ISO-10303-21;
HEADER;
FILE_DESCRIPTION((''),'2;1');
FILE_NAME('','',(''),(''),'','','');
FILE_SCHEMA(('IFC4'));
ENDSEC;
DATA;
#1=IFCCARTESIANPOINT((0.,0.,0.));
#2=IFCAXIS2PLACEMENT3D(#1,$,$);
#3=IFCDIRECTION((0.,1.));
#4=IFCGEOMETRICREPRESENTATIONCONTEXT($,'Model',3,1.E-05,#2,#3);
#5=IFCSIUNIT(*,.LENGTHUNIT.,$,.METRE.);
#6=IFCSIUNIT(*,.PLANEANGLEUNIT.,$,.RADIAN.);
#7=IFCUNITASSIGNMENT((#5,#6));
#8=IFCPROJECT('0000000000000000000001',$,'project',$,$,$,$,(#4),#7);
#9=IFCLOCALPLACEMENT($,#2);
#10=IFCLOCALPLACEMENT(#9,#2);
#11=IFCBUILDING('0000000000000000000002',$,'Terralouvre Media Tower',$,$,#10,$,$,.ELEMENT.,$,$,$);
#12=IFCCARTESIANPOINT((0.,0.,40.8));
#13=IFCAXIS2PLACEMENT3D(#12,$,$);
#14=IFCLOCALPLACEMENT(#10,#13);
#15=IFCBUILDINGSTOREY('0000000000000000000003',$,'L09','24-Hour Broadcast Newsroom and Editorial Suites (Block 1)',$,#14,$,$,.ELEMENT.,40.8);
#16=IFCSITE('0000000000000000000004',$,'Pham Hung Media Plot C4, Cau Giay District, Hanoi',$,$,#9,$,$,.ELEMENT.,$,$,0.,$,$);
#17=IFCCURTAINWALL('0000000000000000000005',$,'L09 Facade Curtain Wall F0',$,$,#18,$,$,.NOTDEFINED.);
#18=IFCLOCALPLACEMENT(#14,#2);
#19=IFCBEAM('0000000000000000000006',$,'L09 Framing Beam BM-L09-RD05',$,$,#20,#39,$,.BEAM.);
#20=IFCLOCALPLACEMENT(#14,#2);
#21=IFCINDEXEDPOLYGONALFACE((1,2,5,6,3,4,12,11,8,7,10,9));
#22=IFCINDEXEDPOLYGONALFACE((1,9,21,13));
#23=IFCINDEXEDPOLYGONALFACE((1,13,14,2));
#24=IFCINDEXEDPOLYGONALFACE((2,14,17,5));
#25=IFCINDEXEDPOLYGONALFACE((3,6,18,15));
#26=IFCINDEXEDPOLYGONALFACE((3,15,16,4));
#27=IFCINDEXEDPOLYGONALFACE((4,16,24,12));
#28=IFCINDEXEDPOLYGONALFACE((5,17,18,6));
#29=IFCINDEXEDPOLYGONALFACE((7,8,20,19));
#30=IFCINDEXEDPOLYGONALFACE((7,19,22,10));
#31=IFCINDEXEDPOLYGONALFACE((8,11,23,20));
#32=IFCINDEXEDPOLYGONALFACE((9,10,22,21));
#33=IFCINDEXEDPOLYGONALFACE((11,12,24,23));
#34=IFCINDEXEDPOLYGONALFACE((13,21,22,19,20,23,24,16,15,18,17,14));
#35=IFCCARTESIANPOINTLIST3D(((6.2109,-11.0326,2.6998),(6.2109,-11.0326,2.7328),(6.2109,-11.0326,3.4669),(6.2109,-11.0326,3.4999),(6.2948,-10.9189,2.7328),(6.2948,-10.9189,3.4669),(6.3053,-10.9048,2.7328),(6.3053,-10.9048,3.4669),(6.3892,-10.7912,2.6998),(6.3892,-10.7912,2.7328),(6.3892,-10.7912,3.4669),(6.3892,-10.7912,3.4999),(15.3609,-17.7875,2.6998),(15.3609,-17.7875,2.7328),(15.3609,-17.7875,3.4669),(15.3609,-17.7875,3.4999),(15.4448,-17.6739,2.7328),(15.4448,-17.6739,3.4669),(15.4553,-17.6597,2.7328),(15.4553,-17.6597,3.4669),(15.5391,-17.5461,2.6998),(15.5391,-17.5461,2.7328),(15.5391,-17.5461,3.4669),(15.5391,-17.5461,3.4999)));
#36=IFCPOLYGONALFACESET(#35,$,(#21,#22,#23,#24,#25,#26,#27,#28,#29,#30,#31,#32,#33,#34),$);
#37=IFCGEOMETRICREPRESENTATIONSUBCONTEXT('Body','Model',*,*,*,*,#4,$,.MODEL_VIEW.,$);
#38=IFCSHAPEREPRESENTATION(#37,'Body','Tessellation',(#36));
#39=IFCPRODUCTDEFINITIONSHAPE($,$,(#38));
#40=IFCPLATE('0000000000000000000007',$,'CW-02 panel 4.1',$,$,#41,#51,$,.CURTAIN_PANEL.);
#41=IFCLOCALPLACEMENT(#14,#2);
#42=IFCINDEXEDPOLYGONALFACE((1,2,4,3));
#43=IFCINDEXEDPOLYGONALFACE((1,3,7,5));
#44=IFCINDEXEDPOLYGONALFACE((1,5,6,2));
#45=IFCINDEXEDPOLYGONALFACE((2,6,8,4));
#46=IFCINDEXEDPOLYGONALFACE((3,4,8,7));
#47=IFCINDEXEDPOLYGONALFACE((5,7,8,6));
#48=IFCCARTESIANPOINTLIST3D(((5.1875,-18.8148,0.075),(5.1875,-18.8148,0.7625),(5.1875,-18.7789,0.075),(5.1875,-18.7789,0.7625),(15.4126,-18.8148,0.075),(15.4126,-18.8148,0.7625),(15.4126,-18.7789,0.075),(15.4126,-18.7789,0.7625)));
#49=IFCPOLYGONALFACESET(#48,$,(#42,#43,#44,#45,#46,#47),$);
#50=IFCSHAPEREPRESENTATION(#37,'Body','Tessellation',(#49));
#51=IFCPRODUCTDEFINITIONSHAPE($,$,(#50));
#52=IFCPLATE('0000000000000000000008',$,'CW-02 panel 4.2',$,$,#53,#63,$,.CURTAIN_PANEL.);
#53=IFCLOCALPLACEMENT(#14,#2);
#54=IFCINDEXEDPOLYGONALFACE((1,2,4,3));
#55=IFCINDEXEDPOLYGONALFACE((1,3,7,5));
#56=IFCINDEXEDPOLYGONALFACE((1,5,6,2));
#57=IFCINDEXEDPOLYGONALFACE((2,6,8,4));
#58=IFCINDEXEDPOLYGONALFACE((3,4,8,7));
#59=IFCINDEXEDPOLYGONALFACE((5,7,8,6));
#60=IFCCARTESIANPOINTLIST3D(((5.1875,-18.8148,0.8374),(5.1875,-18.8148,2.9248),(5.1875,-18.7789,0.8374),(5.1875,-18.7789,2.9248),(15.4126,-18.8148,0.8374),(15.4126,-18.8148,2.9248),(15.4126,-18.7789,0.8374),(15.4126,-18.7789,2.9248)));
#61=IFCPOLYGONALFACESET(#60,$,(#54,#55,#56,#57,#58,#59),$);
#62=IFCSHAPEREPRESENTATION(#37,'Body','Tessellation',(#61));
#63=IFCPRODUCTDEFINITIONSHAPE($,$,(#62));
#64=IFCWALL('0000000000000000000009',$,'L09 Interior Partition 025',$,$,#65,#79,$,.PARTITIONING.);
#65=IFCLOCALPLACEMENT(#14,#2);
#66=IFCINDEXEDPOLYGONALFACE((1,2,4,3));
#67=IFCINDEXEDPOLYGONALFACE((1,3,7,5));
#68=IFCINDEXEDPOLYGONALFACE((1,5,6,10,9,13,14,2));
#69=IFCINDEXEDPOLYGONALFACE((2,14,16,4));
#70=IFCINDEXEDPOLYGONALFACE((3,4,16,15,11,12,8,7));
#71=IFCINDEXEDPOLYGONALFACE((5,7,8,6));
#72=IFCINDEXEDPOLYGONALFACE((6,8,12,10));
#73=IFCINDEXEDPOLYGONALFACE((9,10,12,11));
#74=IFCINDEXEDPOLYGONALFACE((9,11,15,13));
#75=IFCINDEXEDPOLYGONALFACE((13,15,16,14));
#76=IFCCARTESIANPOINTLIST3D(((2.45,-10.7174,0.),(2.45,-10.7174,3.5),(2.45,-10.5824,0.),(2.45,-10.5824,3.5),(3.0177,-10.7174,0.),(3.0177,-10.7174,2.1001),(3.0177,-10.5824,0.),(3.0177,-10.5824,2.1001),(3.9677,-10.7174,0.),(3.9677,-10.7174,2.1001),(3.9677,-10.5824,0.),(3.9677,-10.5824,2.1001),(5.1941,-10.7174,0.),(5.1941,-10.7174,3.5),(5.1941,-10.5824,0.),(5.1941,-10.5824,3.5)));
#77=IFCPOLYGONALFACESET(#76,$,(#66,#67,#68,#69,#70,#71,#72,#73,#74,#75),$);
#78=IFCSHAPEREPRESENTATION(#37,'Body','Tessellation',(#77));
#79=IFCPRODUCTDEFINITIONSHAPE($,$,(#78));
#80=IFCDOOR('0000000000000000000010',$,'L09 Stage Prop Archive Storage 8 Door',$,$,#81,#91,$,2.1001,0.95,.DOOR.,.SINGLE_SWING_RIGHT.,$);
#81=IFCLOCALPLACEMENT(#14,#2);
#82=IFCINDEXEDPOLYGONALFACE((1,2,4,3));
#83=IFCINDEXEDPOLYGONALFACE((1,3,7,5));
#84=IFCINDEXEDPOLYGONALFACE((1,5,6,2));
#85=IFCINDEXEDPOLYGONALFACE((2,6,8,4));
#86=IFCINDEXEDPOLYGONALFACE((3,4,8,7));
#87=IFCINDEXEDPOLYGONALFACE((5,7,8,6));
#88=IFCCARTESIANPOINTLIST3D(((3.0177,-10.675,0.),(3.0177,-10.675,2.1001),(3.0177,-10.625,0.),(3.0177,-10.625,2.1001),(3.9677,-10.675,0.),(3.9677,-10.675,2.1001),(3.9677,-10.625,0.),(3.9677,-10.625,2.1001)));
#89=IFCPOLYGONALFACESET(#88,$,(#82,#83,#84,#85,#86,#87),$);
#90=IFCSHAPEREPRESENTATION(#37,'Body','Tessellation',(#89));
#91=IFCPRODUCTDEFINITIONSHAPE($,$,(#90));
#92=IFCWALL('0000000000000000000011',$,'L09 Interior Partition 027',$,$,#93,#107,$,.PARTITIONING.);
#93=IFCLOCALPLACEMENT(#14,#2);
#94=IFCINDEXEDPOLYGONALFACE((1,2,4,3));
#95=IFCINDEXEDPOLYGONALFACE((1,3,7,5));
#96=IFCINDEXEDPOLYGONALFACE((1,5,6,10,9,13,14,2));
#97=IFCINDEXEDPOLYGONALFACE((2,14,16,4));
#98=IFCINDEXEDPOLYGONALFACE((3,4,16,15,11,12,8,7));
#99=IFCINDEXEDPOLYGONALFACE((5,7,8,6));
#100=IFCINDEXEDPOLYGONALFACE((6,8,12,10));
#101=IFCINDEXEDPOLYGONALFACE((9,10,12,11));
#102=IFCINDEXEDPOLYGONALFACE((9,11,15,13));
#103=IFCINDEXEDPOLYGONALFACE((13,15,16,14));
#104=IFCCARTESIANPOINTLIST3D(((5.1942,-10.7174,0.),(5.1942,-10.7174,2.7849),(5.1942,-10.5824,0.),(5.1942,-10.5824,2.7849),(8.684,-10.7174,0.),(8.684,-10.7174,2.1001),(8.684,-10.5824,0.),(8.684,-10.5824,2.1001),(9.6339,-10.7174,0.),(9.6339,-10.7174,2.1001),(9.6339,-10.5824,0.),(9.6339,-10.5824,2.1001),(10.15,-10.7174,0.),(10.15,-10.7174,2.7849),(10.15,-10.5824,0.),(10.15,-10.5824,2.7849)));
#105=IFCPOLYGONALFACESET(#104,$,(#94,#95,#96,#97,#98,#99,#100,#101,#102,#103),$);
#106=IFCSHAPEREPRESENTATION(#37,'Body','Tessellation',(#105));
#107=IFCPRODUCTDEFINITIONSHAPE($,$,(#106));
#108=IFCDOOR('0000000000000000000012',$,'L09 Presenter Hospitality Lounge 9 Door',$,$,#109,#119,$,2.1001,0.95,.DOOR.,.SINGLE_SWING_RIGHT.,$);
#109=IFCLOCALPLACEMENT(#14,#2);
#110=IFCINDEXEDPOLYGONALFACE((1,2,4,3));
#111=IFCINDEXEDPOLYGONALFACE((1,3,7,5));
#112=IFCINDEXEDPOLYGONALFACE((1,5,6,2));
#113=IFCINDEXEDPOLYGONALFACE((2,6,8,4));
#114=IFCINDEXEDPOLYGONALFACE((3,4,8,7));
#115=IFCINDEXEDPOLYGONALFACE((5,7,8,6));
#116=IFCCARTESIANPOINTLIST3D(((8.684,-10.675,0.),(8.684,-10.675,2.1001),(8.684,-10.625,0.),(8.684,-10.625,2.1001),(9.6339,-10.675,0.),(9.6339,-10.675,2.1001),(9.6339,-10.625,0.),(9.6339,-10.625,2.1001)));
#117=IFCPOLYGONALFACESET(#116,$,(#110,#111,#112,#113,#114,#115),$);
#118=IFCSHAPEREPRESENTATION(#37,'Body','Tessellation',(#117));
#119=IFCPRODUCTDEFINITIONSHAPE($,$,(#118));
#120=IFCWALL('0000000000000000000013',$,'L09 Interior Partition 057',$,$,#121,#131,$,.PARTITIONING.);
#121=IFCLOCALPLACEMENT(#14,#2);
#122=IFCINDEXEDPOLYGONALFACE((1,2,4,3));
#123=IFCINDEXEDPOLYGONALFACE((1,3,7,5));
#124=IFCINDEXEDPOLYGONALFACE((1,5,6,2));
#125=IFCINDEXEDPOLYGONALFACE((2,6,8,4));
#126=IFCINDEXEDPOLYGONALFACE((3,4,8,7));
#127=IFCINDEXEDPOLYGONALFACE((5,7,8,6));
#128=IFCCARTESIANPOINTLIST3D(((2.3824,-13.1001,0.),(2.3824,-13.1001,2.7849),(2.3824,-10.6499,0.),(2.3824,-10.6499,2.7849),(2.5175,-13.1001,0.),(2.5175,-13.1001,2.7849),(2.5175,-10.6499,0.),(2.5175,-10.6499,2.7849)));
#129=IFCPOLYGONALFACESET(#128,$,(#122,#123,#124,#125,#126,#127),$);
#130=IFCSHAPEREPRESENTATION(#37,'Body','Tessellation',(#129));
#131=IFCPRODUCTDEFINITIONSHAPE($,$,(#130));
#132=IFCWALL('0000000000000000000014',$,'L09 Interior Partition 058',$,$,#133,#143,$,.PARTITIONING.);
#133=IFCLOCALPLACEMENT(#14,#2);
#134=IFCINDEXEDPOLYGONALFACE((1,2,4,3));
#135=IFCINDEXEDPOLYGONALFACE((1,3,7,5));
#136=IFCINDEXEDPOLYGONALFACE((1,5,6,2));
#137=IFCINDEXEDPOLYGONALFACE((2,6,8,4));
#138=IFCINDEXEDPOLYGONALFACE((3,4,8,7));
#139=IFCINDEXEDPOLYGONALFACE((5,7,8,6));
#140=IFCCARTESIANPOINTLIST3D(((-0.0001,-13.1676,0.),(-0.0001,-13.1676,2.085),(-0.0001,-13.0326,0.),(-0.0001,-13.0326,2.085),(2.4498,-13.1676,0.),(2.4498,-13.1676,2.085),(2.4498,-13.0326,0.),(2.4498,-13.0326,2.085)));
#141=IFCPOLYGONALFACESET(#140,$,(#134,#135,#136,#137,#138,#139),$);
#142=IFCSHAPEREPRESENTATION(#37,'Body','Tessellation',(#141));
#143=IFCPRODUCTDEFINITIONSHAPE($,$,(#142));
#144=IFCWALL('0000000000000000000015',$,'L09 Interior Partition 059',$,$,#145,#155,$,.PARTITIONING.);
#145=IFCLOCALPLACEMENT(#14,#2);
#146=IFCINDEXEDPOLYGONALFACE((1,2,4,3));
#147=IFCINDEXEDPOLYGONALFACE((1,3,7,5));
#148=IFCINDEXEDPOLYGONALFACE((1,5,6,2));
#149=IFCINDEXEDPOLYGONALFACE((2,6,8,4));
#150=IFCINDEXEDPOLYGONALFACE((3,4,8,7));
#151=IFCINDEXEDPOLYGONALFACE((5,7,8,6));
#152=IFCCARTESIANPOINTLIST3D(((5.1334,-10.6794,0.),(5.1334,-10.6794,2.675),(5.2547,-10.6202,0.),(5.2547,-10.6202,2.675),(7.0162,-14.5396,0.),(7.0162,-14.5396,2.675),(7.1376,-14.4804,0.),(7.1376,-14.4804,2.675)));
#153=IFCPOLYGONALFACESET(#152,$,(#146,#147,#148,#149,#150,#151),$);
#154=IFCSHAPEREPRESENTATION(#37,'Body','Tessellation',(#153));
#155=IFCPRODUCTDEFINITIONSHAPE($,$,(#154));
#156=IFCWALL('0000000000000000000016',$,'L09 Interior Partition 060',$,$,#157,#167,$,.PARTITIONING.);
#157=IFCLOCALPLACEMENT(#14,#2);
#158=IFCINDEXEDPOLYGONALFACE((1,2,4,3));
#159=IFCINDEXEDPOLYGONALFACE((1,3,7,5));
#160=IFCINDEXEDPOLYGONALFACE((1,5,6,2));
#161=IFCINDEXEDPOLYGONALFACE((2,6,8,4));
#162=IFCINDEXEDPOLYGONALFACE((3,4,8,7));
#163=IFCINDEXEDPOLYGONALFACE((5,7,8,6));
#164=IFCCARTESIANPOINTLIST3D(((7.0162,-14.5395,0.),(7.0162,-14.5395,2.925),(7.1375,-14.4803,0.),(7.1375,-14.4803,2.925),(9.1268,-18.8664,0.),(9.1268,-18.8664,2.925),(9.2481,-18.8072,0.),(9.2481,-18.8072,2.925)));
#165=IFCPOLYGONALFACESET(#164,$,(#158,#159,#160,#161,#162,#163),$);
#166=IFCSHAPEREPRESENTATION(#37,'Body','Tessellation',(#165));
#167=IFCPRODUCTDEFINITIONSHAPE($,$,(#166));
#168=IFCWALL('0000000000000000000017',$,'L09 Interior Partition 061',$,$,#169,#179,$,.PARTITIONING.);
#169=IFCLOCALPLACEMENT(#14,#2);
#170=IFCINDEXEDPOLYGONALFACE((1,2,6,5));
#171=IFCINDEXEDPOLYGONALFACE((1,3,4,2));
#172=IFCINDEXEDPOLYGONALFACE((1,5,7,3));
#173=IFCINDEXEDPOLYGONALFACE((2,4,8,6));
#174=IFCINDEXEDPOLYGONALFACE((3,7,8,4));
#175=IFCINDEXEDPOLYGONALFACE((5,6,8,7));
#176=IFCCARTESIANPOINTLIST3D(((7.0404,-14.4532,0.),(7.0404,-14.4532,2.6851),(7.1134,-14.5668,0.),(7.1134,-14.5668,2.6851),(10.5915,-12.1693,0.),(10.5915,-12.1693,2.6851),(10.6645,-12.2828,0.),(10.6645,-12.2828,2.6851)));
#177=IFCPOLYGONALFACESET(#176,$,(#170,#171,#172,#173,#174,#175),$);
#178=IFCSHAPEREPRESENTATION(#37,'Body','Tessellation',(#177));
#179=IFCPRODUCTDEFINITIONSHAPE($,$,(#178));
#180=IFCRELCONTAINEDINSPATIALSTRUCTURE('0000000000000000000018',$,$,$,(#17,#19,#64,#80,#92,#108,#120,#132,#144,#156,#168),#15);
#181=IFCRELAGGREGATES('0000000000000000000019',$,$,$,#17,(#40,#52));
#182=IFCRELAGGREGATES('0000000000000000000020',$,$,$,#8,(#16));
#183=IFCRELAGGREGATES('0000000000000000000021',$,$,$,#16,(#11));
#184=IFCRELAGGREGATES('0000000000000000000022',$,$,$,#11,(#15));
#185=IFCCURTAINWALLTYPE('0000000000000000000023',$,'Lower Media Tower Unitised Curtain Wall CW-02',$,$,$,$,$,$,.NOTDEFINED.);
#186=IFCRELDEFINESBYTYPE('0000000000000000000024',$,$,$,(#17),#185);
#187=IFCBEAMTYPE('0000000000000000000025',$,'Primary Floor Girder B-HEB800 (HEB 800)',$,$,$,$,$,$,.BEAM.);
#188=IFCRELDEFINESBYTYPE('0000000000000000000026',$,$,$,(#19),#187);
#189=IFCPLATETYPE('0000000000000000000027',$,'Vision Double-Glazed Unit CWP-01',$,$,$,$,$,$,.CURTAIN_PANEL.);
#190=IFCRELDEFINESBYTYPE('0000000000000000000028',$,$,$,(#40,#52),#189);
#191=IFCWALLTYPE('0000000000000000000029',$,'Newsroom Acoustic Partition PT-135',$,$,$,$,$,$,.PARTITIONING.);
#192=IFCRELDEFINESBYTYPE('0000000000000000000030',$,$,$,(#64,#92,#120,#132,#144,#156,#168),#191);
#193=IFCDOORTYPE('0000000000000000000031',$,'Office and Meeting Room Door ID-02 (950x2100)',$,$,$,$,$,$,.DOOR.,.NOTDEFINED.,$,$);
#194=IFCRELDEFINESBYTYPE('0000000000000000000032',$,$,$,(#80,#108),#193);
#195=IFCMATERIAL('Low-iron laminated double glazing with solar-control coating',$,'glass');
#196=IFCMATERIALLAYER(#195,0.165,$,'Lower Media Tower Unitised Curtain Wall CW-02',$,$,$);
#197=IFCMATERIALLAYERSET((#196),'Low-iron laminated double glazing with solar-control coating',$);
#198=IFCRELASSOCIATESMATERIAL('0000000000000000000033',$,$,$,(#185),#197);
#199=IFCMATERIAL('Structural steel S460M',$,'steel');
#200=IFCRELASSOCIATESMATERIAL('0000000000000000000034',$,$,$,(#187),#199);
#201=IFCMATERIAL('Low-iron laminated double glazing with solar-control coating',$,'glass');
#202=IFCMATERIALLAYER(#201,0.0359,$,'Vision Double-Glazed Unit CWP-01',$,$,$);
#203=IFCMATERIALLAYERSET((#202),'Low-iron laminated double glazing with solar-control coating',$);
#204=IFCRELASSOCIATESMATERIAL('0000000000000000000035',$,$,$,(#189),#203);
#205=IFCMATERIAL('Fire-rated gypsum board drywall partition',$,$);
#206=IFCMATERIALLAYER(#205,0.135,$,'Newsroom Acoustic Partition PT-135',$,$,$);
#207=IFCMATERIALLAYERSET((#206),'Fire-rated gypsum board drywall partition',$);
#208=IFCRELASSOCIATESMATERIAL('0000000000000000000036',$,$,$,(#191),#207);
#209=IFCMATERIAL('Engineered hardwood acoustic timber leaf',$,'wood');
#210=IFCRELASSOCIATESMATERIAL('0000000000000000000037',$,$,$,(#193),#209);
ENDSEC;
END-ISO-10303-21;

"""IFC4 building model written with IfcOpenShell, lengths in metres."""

from ifc_helpers import new_model, si_unit, direction, frame, frame_2d, origin, origin_2d, place, context, subcontext, project, spatial, rectangle, i_section, extrude, material, layer, layer_set, material_profile, profile_set, type_object, element, fill, aggregate, save


model = new_model("IFC4")

# Units and contexts
model_context = context("Model", 3, precision=1e-05, world=origin(), true_north=direction((0.0, 1.0)))
body_context = subcontext(model_context, "Body", "Model", "MODEL_VIEW")
ifc_project = project(units=[si_unit("LENGTHUNIT", "METRE"), si_unit("PLANEANGLEUNIT", "RADIAN")], contexts=[model_context])

# Site, building, storey
site_placement = place(None, origin())
site = spatial("IfcSite", under=ifc_project, at=site_placement, Name="Pham Hung Media Plot C4, Cau Giay District, Hanoi", CompositionType="ELEMENT", RefElevation=0.0)
building_placement = place(site_placement, origin())
building = spatial("IfcBuilding", under=site, at=building_placement, Name="Terralouvre Media Tower", CompositionType="ELEMENT")
storey_placement = place(building_placement, frame((0.0, 0.0, 40.8)))
storey = spatial("IfcBuildingStorey", under=building, at=storey_placement, Name="L09", Description="24-Hour Broadcast Newsroom and Editorial Suites (Block 1)", CompositionType="ELEMENT", Elevation=40.8)

# Curtain wall
ifc_material_1 = material(Name="Low-iron laminated double glazing with solar-control coating", Category="glass")
ifc_layer_1 = layer(ifc_material_1, 0.165, Name="Lower Media Tower Unitised Curtain Wall CW-02")
ifc_layer_set_1 = layer_set([ifc_layer_1], Name="Low-iron laminated double glazing with solar-control coating")
curtain_wall_type = type_object("IfcCurtainWallType", Name="Lower Media Tower Unitised Curtain Wall CW-02", PredefinedType="NOTDEFINED", material=ifc_layer_set_1)
curtain_wall_placement = place(storey_placement, origin())
curtain_wall = element("IfcCurtainWall", 1, at=curtain_wall_placement, inside=storey, type_object=curtain_wall_type, Name="L09 Facade Curtain Wall F0", PredefinedType="NOTDEFINED")

# Beam
ifc_material_2 = material(Name="Structural steel S460M", Category="steel")
ifc_material_profile_1 = material_profile(ifc_material_2, i_section(OverallWidth=0.3, OverallDepth=0.8, WebThickness=0.0176, FlangeThickness=0.033, at=origin_2d()), Name="HEB 800")
ifc_profile_set_1 = profile_set([ifc_material_profile_1], Name="Structural steel S460M")
beam_type_1 = type_object("IfcBeamType", Name="Primary Floor Girder B-HEB800 (HEB 800)", PredefinedType="BEAM", material=ifc_profile_set_1)
beam_1_placement = place(storey_placement, frame((6.3, -10.9119, 3.0999), z_axis=(0.804516, -0.593931, 0.0), x_axis=(0.593931, 0.804516, 0.0)))
element("IfcBeam", 2, at=beam_1_placement, inside=storey, type_object=beam_type_1, Name="L09 Framing Beam BM-L09-RD05", PredefinedType="BEAM", context=body_context, shape_type="SweptSolid", body=[
    extrude(i_section(OverallWidth=0.3, OverallDepth=0.8, WebThickness=0.0176, FlangeThickness=0.033, at=origin_2d()), origin(), (0.0, 0.0, 1.0), 11.3733),
])

# Plates
ifc_material_3 = material(Name="Low-iron laminated double glazing with solar-control coating", Category="glass")
ifc_layer_2 = layer(ifc_material_3, 0.0359, Name="Vision Double-Glazed Unit CWP-01")
ifc_layer_set_2 = layer_set([ifc_layer_2], Name="Low-iron laminated double glazing with solar-control coating")
plate_type = type_object("IfcPlateType", Name="Vision Double-Glazed Unit CWP-01", PredefinedType="CURTAIN_PANEL", material=ifc_layer_set_2)
plate_1_placement = place(storey_placement, frame((10.3, -18.7969, 0.075), z_axis=(0.0, 0.0, 1.0), x_axis=(1.0, 0.0, 0.0)))
plate_1 = element("IfcPlate", 3, at=plate_1_placement, type_object=plate_type, Name="CW-02 panel 4.1", PredefinedType="CURTAIN_PANEL", context=body_context, shape_type="SweptSolid", body=[
    extrude(rectangle(XDim=10.2251, YDim=0.0359, at=origin_2d()), origin(), (0.0, 0.0, 1.0), 0.6875),
])
plate_2_placement = place(storey_placement, frame((10.3, -18.7969, 0.8374), z_axis=(0.0, 0.0, 1.0), x_axis=(1.0, 0.0, 0.0)))
plate_2 = element("IfcPlate", 4, at=plate_2_placement, type_object=plate_type, Name="CW-02 panel 4.2", PredefinedType="CURTAIN_PANEL", context=body_context, shape_type="SweptSolid", body=[
    extrude(rectangle(XDim=10.2251, YDim=0.0359, at=origin_2d()), origin(), (0.0, 0.0, 1.0), 2.0874),
])
aggregate(curtain_wall, [plate_1, plate_2])

# Walls, openings, doors
ifc_material_4 = material(Name="Fire-rated gypsum board drywall partition")
ifc_layer_3 = layer(ifc_material_4, 0.135, Name="Newsroom Acoustic Partition PT-135")
ifc_layer_set_3 = layer_set([ifc_layer_3], Name="Fire-rated gypsum board drywall partition")
wall_type_1 = type_object("IfcWallType", Name="Newsroom Acoustic Partition PT-135", PredefinedType="PARTITIONING", material=ifc_layer_set_3)
wall_1_placement = place(storey_placement, frame((2.45, -10.6499, 0.0), z_axis=(0.0, 0.0, 1.0), x_axis=(1.0, 0.0, 0.0)))
wall_1 = element("IfcWall", 5, at=wall_1_placement, inside=storey, type_object=wall_type_1, Name="L09 Interior Partition 025", PredefinedType="PARTITIONING", context=body_context, shape_type="SweptSolid", body=[
    extrude(rectangle(XDim=2.7441, YDim=0.135, at=frame_2d((1.3721, 0.0))), origin(), (0.0, 0.0, 1.0), 3.5),
])
opening_1_placement = place(wall_1_placement, frame((0.5676, 0.0, 0.0)))
opening_1 = element("IfcOpeningElement", 6, at=opening_1_placement, cuts=wall_1, PredefinedType="OPENING", context=body_context, shape_type="SweptSolid", body=[
    extrude(rectangle(XDim=0.95, YDim=2.1001, at=frame_2d((0.4751, 1.05))), frame((0.0, 0.0774, 0.0), z_axis=(0.0, -1.0, 0.0), x_axis=(1.0, 0.0, 0.0)), (0.0, 0.0, 1.0), 0.155),
])
ifc_material_5 = material(Name="Engineered hardwood acoustic timber leaf", Category="wood")
door_type = type_object("IfcDoorType", Name="Office and Meeting Room Door ID-02 (950x2100)", OperationType="NOTDEFINED", PredefinedType="DOOR", material=ifc_material_5)
door_1_placement = place(opening_1_placement, origin())
door_1 = element("IfcDoor", 7, at=door_1_placement, inside=storey, type_object=door_type, Name="L09 Stage Prop Archive Storage 8 Door", OperationType="SINGLE_SWING_RIGHT", OverallHeight=2.1001, OverallWidth=0.95, PredefinedType="DOOR", context=body_context, shape_type="SweptSolid", body=[
    extrude(rectangle(XDim=0.95, YDim=2.1001, at=frame_2d((0.4751, 1.05))), frame((0.0, 0.0249, 0.0), z_axis=(0.0, -1.0, 0.0), x_axis=(1.0, 0.0, 0.0)), (0.0, 0.0, 1.0), 0.05),
])
fill(opening_1, door_1)
wall_2_placement = place(storey_placement, frame((5.1941, -10.6499, 0.0), z_axis=(0.0, 0.0, 1.0), x_axis=(1.0, 0.0, 0.0)))
wall_2 = element("IfcWall", 8, at=wall_2_placement, inside=storey, type_object=wall_type_1, Name="L09 Interior Partition 027", PredefinedType="PARTITIONING", context=body_context, shape_type="SweptSolid", body=[
    extrude(rectangle(XDim=4.9558, YDim=0.135, at=frame_2d((2.478, 0.0))), origin(), (0.0, 0.0, 1.0), 2.7849),
])
opening_2_placement = place(wall_2_placement, frame((3.4897, 0.0, 0.0)))
opening_2 = element("IfcOpeningElement", 9, at=opening_2_placement, cuts=wall_2, PredefinedType="OPENING", context=body_context, shape_type="SweptSolid", body=[
    extrude(rectangle(XDim=0.95, YDim=2.1001, at=frame_2d((0.4751, 1.05))), frame((0.0, 0.0774, 0.0), z_axis=(0.0, -1.0, 0.0), x_axis=(1.0, 0.0, 0.0)), (0.0, 0.0, 1.0), 0.155),
])
door_2_placement = place(opening_2_placement, origin())
door_2 = element("IfcDoor", 10, at=door_2_placement, inside=storey, type_object=door_type, Name="L09 Presenter Hospitality Lounge 9 Door", OperationType="SINGLE_SWING_RIGHT", OverallHeight=2.1001, OverallWidth=0.95, PredefinedType="DOOR", context=body_context, shape_type="SweptSolid", body=[
    extrude(rectangle(XDim=0.95, YDim=2.1001, at=frame_2d((0.4751, 1.05))), frame((0.0, 0.0249, 0.0), z_axis=(0.0, -1.0, 0.0), x_axis=(1.0, 0.0, 0.0)), (0.0, 0.0, 1.0), 0.05),
])
fill(opening_2, door_2)

# Walls
wall_3_placement = place(storey_placement, frame((2.45, -10.6499, 0.0), z_axis=(0.0, 0.0, 1.0), x_axis=(0.0, -1.0, 0.0)))
element("IfcWall", 11, at=wall_3_placement, inside=storey, type_object=wall_type_1, Name="L09 Interior Partition 057", PredefinedType="PARTITIONING", context=body_context, shape_type="SweptSolid", body=[
    extrude(rectangle(XDim=2.4502, YDim=0.135, at=frame_2d((1.2251, 0.0))), origin(), (0.0, 0.0, 1.0), 2.7849),
])
wall_4_placement = place(storey_placement, frame((2.45, -13.1001, 0.0), z_axis=(0.0, 0.0, 1.0), x_axis=(-1.0, 0.0, 0.0)))
element("IfcWall", 12, at=wall_4_placement, inside=storey, type_object=wall_type_1, Name="L09 Interior Partition 058", PredefinedType="PARTITIONING", context=body_context, shape_type="SweptSolid", body=[
    extrude(rectangle(XDim=2.45, YDim=0.135, at=frame_2d((1.2251, 0.0))), origin(), (0.0, 0.0, 1.0), 2.085),
])
wall_5_placement = place(storey_placement, frame((7.0769, -14.51, 0.0), z_axis=(0.0, 0.0, 1.0), x_axis=(-0.438392, 0.898784, 0.0)))
element("IfcWall", 13, at=wall_5_placement, inside=storey, type_object=wall_type_1, Name="L09 Interior Partition 059", PredefinedType="PARTITIONING", context=body_context, shape_type="SweptSolid", body=[
    extrude(rectangle(XDim=4.2949, YDim=0.135, at=frame_2d((2.1475, 0.0))), origin(), (0.0, 0.0, 1.0), 2.675),
])
wall_6_placement = place(storey_placement, frame((9.1875, -18.8369, 0.0), z_axis=(0.0, 0.0, 1.0), x_axis=(-0.438409, 0.898776, 0.0)))
element("IfcWall", 14, at=wall_6_placement, inside=storey, type_object=wall_type_1, Name="L09 Interior Partition 060", PredefinedType="PARTITIONING", context=body_context, shape_type="SweptSolid", body=[
    extrude(rectangle(XDim=4.8142, YDim=0.135, at=frame_2d((2.4072, 0.0))), origin(), (0.0, 0.0, 1.0), 2.925),
])
wall_7_placement = place(storey_placement, frame((7.0769, -14.51, 0.0), z_axis=(0.0, 0.0, 1.0), x_axis=(0.841056, 0.540948, 0.0)))
element("IfcWall", 15, at=wall_7_placement, inside=storey, type_object=wall_type_1, Name="L09 Interior Partition 061", PredefinedType="PARTITIONING", context=body_context, shape_type="SweptSolid", body=[
    extrude(rectangle(XDim=4.2222, YDim=0.135, at=frame_2d((2.1111, 0.0))), origin(), (0.0, 0.0, 1.0), 2.6851),
])

save(model, "model.ifc")
